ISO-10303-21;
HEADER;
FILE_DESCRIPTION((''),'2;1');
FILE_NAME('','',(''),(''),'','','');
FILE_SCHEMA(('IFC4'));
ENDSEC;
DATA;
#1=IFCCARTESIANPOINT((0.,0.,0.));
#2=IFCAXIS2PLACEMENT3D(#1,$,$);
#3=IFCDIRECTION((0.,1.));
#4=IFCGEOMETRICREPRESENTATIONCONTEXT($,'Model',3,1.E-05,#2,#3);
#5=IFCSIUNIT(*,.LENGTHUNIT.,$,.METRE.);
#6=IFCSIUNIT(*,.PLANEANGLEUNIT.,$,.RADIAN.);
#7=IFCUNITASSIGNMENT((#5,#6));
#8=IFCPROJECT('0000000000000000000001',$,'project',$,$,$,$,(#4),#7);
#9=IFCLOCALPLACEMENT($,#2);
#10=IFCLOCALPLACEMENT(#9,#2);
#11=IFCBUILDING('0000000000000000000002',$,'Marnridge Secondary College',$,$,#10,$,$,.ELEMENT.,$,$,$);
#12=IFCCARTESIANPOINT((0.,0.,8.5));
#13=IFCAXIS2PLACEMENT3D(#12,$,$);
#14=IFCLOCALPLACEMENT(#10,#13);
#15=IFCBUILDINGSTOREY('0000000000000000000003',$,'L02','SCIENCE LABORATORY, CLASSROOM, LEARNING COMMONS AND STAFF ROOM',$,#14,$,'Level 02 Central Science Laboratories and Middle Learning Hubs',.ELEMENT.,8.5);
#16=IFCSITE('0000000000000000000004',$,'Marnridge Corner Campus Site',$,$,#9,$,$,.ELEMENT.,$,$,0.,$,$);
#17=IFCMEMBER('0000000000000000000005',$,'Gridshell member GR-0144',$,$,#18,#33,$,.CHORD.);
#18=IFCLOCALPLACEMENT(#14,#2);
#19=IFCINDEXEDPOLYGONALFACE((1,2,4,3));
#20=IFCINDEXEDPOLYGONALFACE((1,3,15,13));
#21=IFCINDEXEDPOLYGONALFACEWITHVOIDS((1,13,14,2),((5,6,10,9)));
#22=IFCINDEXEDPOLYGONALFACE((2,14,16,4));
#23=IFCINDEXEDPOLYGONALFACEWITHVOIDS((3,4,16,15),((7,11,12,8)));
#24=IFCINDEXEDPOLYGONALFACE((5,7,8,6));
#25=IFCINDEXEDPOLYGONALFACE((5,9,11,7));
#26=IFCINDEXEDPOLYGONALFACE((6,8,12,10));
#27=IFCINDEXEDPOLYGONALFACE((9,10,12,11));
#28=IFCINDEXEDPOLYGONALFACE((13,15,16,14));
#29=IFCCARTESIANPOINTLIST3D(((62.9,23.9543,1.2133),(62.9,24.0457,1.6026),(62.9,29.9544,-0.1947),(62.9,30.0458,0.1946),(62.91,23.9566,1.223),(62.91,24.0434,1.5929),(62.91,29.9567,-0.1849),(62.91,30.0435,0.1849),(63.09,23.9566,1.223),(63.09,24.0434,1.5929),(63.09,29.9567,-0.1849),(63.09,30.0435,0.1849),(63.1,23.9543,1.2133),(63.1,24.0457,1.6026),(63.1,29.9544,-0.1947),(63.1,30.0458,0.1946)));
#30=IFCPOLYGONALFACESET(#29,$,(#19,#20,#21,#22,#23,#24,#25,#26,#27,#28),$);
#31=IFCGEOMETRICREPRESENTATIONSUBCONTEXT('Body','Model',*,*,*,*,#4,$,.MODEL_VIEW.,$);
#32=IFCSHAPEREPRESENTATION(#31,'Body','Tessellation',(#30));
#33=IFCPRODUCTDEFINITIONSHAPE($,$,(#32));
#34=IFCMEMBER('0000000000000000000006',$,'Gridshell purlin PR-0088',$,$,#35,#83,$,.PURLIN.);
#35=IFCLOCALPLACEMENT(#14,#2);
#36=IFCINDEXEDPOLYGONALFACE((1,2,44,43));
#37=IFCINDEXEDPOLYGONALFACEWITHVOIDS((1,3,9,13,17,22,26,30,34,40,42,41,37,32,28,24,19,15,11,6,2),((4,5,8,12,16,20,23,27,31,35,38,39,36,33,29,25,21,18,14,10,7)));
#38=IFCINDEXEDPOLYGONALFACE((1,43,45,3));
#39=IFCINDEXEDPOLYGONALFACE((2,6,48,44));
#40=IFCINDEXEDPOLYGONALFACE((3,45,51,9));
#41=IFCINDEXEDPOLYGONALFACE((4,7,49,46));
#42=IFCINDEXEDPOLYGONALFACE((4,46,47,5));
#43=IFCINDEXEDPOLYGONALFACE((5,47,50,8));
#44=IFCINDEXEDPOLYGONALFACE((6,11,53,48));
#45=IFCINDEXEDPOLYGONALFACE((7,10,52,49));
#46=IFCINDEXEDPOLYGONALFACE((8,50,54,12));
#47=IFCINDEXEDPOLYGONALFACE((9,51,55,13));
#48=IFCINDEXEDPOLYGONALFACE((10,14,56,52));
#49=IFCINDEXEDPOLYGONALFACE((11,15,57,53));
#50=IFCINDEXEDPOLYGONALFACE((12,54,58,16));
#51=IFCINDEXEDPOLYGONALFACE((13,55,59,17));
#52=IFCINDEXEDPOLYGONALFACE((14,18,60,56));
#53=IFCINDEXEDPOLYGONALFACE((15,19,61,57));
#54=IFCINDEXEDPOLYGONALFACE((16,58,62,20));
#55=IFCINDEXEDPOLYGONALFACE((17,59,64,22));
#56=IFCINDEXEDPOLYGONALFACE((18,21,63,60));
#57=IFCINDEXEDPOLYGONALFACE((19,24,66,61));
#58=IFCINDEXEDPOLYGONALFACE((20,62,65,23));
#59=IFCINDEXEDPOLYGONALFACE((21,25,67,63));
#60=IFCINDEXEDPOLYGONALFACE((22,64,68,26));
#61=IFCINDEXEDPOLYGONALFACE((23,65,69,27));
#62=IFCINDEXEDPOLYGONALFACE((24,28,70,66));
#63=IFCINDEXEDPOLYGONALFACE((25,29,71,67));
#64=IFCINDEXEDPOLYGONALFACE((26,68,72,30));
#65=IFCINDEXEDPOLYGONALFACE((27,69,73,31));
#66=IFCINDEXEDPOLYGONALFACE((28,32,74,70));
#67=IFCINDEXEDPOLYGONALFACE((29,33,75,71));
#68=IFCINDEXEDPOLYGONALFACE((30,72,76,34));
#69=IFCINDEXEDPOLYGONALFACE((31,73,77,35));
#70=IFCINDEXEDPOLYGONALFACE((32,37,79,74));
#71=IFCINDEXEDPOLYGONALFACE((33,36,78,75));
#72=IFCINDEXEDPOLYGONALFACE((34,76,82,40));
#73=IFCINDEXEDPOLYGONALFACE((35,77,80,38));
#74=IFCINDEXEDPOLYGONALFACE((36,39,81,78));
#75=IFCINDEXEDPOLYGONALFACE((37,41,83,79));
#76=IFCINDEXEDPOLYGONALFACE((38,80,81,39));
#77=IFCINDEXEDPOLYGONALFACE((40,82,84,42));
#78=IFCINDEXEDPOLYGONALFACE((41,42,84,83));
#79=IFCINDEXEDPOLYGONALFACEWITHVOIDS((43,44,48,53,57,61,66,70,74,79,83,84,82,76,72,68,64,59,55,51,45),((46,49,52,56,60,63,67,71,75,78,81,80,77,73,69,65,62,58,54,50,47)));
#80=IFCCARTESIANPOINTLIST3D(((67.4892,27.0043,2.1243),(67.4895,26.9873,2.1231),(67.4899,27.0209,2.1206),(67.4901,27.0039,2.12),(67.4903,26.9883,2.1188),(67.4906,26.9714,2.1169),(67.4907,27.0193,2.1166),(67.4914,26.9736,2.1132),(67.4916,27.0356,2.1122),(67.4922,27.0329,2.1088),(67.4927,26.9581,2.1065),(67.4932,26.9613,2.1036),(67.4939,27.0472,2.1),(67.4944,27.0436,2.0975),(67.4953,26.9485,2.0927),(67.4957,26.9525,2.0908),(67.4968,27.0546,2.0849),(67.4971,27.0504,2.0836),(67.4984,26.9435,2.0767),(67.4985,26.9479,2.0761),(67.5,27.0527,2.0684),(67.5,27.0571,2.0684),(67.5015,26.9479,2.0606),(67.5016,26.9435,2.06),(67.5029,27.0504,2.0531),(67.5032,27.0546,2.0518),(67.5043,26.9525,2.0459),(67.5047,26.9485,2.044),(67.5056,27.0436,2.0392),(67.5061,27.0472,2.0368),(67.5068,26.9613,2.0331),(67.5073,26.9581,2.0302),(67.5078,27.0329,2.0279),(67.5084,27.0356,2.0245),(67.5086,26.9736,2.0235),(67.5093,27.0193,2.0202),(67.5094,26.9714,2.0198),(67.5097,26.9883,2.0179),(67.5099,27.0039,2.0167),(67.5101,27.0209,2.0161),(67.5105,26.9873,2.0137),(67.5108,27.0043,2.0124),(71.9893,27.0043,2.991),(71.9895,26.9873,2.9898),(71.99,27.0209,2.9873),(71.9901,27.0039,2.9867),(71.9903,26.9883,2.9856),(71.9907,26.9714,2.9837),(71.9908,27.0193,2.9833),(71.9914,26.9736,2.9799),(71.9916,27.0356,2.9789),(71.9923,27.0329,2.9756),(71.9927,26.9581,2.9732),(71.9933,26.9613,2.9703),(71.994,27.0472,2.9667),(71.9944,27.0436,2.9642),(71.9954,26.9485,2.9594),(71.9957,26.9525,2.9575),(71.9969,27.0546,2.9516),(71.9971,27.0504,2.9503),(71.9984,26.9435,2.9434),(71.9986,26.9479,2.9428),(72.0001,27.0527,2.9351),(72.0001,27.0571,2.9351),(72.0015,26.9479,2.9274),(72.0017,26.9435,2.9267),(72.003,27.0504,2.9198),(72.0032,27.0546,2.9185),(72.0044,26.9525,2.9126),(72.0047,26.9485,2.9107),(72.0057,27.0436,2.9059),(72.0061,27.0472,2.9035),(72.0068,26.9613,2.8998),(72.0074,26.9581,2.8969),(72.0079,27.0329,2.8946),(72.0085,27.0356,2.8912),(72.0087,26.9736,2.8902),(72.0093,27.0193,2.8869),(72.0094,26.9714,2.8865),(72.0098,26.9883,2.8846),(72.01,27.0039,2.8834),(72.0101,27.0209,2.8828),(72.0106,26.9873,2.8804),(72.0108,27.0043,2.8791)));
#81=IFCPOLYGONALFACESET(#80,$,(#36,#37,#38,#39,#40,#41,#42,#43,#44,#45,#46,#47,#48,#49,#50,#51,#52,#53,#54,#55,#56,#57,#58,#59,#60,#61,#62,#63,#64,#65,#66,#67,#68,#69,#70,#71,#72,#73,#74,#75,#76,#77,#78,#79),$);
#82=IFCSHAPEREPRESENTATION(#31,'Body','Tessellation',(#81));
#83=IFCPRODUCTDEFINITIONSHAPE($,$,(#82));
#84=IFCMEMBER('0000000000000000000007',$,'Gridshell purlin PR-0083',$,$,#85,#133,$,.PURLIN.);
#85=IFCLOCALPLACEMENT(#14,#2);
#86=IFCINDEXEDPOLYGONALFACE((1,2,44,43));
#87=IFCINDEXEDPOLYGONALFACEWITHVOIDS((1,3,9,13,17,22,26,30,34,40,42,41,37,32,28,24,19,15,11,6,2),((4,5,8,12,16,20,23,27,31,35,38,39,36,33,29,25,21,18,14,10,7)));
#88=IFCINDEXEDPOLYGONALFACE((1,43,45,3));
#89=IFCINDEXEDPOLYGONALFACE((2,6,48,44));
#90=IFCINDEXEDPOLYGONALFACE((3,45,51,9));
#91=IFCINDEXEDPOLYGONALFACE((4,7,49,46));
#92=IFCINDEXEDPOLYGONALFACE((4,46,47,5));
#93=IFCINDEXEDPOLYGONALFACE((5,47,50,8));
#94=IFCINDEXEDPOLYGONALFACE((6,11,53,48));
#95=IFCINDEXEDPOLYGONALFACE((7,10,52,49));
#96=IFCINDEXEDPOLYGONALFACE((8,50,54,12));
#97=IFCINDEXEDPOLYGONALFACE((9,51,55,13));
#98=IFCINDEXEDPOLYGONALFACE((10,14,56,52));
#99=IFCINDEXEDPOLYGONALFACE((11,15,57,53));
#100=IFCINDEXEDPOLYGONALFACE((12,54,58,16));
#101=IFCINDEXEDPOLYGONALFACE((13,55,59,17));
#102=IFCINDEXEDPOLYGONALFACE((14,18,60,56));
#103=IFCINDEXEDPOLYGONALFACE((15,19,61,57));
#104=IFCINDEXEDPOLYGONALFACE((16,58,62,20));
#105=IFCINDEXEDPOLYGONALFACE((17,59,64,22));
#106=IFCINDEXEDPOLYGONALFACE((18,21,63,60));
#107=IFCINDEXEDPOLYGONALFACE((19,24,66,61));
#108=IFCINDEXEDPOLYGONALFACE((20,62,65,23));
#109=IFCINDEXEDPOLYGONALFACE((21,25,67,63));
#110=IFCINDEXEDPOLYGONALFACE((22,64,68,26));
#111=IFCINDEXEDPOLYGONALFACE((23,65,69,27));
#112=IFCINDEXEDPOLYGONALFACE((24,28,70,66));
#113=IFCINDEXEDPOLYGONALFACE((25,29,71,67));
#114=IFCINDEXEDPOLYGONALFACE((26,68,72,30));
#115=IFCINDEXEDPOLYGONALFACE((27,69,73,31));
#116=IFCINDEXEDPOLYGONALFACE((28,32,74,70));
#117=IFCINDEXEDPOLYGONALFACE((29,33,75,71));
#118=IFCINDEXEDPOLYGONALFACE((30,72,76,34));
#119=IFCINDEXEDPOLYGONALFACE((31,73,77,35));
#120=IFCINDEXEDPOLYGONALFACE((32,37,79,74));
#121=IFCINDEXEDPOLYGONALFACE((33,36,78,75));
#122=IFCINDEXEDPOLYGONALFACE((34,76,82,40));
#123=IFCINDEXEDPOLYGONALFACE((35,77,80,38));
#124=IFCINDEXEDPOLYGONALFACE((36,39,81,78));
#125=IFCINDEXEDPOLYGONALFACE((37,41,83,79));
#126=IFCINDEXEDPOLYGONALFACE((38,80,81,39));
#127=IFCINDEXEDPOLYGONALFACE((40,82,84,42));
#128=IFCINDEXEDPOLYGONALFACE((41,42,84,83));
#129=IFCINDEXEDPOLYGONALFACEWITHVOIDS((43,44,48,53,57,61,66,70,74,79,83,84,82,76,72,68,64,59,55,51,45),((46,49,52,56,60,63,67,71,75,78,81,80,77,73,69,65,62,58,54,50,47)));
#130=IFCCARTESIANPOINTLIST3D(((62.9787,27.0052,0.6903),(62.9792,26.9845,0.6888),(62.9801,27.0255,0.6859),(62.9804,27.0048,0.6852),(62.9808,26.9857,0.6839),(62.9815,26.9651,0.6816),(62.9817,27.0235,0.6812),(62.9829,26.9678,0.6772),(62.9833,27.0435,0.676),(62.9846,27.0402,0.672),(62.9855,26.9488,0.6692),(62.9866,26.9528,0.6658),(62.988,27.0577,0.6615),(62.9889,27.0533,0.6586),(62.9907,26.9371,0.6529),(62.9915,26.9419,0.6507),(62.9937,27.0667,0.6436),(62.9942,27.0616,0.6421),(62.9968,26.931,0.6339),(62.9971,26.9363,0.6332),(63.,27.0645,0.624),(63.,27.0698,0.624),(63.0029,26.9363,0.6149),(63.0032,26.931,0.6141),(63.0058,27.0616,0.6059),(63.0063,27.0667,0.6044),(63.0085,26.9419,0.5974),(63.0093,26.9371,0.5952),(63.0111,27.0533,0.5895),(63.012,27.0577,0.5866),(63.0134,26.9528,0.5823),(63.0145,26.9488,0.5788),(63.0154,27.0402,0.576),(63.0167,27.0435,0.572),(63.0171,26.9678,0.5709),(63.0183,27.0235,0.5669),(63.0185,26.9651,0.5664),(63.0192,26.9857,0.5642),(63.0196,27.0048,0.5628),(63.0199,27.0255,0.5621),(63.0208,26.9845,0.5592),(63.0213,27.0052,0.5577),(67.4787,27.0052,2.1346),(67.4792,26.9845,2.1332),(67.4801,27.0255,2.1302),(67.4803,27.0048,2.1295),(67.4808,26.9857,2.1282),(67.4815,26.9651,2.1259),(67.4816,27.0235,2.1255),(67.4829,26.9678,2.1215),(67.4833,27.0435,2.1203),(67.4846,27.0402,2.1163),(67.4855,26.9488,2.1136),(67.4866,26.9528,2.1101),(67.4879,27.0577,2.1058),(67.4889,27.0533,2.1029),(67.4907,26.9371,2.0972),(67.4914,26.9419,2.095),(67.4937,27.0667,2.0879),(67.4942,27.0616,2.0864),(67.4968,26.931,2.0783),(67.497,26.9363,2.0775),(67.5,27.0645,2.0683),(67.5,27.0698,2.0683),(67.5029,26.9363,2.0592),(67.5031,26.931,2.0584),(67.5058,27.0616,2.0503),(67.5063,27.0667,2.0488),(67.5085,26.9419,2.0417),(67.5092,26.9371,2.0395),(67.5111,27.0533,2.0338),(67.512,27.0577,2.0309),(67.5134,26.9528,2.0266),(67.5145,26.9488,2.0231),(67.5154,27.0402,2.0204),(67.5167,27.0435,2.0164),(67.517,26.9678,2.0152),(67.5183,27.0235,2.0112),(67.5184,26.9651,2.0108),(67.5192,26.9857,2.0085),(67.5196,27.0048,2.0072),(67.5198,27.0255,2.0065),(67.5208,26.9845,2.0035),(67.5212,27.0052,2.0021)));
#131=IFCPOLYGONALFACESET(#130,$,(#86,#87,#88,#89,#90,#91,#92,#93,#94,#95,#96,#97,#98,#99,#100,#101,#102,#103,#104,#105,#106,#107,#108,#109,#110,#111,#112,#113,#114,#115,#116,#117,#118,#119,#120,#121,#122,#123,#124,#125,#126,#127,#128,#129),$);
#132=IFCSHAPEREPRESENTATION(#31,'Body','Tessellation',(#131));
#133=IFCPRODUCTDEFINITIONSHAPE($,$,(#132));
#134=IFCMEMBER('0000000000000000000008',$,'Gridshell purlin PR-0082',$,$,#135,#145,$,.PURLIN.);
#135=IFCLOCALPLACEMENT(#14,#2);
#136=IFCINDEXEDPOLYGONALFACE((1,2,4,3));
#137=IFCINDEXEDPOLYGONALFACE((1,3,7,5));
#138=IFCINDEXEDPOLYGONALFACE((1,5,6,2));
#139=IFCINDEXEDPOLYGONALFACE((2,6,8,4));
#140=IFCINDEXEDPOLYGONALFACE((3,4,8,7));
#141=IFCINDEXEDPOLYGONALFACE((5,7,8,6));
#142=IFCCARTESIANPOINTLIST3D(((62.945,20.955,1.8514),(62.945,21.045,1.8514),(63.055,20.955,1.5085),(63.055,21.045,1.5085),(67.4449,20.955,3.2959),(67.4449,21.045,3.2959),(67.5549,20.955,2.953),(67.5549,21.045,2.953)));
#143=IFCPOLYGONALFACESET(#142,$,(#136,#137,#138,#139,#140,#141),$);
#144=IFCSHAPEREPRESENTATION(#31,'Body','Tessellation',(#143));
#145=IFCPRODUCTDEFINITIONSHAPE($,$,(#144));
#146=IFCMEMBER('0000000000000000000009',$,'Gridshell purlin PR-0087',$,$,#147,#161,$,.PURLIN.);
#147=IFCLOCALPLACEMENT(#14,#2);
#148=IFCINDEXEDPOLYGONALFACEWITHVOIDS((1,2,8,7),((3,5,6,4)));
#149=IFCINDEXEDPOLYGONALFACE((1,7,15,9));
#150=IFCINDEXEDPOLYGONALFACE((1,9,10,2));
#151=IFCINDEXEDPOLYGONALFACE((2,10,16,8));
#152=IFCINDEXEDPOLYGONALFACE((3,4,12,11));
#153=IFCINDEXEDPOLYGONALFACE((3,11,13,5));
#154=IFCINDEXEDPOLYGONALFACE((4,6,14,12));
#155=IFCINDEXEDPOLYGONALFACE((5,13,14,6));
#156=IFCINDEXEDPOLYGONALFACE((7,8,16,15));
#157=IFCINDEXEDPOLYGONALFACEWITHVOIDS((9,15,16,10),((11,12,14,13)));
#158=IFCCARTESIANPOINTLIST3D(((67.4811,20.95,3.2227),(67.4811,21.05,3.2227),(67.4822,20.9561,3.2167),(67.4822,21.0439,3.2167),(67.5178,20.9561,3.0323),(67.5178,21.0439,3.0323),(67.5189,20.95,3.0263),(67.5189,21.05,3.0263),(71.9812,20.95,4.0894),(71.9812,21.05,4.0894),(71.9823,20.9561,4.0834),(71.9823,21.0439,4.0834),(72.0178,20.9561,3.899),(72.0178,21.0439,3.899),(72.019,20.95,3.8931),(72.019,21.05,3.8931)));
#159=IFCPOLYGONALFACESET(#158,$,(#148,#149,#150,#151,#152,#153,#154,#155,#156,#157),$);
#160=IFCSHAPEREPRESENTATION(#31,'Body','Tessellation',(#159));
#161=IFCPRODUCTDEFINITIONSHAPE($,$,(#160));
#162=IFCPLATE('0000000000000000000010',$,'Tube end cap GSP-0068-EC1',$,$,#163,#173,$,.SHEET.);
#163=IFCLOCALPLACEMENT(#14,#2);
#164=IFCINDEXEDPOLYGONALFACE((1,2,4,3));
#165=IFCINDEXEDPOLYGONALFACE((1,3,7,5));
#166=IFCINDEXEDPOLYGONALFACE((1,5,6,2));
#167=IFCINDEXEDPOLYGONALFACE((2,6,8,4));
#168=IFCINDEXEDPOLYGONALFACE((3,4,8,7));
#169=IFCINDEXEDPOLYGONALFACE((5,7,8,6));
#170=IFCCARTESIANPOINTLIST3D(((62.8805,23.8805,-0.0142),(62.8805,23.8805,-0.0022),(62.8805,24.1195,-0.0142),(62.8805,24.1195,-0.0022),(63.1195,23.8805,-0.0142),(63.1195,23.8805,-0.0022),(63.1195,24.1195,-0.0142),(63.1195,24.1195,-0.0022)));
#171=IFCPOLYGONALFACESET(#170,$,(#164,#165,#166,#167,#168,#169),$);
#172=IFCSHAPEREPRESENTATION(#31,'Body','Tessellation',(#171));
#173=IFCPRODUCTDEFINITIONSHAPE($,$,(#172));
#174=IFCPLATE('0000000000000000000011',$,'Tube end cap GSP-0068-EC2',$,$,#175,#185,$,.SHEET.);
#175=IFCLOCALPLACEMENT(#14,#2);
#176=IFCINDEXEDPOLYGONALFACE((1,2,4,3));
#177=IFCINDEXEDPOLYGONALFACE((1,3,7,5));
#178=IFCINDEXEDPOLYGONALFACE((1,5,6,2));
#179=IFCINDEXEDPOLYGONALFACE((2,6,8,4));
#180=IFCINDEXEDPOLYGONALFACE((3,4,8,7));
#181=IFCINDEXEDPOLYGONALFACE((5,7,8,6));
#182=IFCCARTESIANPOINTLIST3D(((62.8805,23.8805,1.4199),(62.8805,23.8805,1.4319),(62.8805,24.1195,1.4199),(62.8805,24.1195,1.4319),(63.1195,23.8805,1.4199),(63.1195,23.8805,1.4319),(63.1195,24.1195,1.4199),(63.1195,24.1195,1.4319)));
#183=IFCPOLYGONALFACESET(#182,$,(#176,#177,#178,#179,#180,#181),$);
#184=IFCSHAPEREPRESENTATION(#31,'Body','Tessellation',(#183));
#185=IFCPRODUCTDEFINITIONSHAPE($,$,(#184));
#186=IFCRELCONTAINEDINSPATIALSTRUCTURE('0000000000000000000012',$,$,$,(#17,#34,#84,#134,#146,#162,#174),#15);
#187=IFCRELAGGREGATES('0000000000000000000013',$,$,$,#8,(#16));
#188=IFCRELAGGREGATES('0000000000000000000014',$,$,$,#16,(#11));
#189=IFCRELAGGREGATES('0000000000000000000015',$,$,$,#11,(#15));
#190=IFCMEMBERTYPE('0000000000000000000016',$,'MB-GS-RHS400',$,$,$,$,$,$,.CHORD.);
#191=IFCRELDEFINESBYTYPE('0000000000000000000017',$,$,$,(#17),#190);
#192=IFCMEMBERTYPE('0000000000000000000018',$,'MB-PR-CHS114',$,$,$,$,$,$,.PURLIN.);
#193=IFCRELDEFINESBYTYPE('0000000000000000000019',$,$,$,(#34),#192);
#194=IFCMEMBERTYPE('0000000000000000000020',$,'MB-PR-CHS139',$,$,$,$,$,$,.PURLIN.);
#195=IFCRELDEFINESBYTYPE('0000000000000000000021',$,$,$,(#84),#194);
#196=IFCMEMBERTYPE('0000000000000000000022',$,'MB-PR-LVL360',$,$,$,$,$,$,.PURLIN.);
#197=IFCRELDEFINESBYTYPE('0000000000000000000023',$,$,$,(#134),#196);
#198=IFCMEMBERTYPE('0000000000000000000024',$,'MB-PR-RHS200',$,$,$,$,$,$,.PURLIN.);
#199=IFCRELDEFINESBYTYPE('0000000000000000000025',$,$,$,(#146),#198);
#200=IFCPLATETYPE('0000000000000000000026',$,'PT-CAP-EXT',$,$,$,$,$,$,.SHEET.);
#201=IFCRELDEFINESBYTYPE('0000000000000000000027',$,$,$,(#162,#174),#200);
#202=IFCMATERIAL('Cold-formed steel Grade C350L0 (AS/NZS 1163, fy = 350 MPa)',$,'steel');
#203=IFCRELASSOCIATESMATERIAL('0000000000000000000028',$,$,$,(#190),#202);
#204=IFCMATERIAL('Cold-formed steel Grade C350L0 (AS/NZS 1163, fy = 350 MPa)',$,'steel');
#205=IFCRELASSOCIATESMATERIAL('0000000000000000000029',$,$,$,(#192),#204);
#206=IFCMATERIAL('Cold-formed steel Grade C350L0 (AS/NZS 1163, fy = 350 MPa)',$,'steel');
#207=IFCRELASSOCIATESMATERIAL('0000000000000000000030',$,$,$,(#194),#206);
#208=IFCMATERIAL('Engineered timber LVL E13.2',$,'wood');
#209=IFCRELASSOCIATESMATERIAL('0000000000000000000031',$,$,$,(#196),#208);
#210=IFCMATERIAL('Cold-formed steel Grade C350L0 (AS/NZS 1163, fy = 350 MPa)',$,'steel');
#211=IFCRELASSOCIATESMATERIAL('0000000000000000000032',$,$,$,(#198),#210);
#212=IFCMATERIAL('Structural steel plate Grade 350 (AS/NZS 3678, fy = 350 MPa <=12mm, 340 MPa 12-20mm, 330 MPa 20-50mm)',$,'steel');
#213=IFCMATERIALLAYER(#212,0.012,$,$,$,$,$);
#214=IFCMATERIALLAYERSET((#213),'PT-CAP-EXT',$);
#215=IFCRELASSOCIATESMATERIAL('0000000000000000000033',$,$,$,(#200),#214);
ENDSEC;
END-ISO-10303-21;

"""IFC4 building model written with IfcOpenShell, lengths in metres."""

from ifc_helpers import new_model, si_unit, direction, frame, origin, origin_2d, place, context, subcontext, project, spatial, rectangle, hollow_rectangle, hollow_circle, extrude, material, layer, layer_set, material_profile, profile_set, type_object, element, save


model = new_model("IFC4")

# Units and contexts
model_context = context("Model", 3, precision=1e-05, world=origin(), true_north=direction((0.0, 1.0)))
body_context = subcontext(model_context, "Body", "Model", "MODEL_VIEW")
ifc_project = project(units=[si_unit("LENGTHUNIT", "METRE"), si_unit("PLANEANGLEUNIT", "RADIAN")], contexts=[model_context])

# Site, building, storey
site_placement = place(None, origin())
site = spatial("IfcSite", under=ifc_project, at=site_placement, Name="Marnridge Corner Campus Site", CompositionType="ELEMENT", RefElevation=0.0)
building_placement = place(site_placement, origin())
building = spatial("IfcBuilding", under=site, at=building_placement, Name="Marnridge Secondary College", CompositionType="ELEMENT")
storey_placement = place(building_placement, frame((0.0, 0.0, 8.5)))
storey = spatial("IfcBuildingStorey", under=building, at=storey_placement, Name="L02", Description="SCIENCE LABORATORY, CLASSROOM, LEARNING COMMONS AND STAFF ROOM", LongName="Level 02 Central Science Laboratories and Middle Learning Hubs", CompositionType="ELEMENT", Elevation=8.5)

# Members
ifc_material_1 = material(Name="Cold-formed steel Grade C350L0 (AS/NZS 1163, fy = 350 MPa)", Category="steel")
ifc_material_profile_1 = material_profile(ifc_material_1, hollow_rectangle(XDim=0.2, YDim=0.3999, WallThickness=0.01, at=origin_2d()), Name="400x200x10.0RHS")
ifc_profile_set_1 = profile_set([ifc_material_profile_1], Name="Cold-formed steel Grade C350L0 (AS/NZS 1163, fy = 350 MPa)")
member_type_1 = type_object("IfcMemberType", Name="MB-GS-RHS400", PredefinedType="CHORD", material=ifc_profile_set_1)
member_1_placement = place(storey_placement, frame((63.0, 24.0, 1.408), z_axis=(0.0, 0.973555, -0.228454), x_axis=(-1.0, 0.0, 0.0)))
element("IfcMember", 1, at=member_1_placement, inside=storey, type_object=member_type_1, Name="Gridshell member GR-0144", PredefinedType="CHORD", context=body_context, shape_type="SweptSolid", body=[
    extrude(hollow_rectangle(XDim=0.2, YDim=0.3999, WallThickness=0.01, at=origin_2d()), origin(), (0.0, 0.0, 1.0), 6.1631),
])
ifc_material_2 = material(Name="Cold-formed steel Grade C350L0 (AS/NZS 1163, fy = 350 MPa)", Category="steel")
ifc_material_profile_2 = material_profile(ifc_material_2, hollow_circle(Radius=0.0571, WallThickness=0.0044, at=origin_2d()), Name="114.3x4.5CHS")
ifc_profile_set_2 = profile_set([ifc_material_profile_2], Name="Cold-formed steel Grade C350L0 (AS/NZS 1163, fy = 350 MPa)")
member_type_2 = type_object("IfcMemberType", Name="MB-PR-CHS114", PredefinedType="PURLIN", material=ifc_profile_set_2)
member_2_placement = place(storey_placement, frame((67.5, 27.0, 2.0684), z_axis=(0.981953, 0.0, 0.189124), x_axis=(0.0, 1.0, 0.0)))
element("IfcMember", 2, at=member_2_placement, inside=storey, type_object=member_type_2, Name="Gridshell purlin PR-0088", PredefinedType="PURLIN", context=body_context, shape_type="SweptSolid", body=[
    extrude(hollow_circle(Radius=0.0571, WallThickness=0.0044, at=origin_2d()), origin(), (0.0, 0.0, 1.0), 4.5828),
])
ifc_material_3 = material(Name="Cold-formed steel Grade C350L0 (AS/NZS 1163, fy = 350 MPa)", Category="steel")
ifc_material_profile_3 = material_profile(ifc_material_3, hollow_circle(Radius=0.0698, WallThickness=0.0054, at=origin_2d()), Name="139.7x5.4CHS")
ifc_profile_set_3 = profile_set([ifc_material_profile_3], Name="Cold-formed steel Grade C350L0 (AS/NZS 1163, fy = 350 MPa)")
member_type_3 = type_object("IfcMemberType", Name="MB-PR-CHS139", PredefinedType="PURLIN", material=ifc_profile_set_3)
member_3_placement = place(storey_placement, frame((63.0, 27.0, 0.624), z_axis=(0.952157, 0.0, 0.305608), x_axis=(0.0, 1.0, 0.0)))
element("IfcMember", 3, at=member_3_placement, inside=storey, type_object=member_type_3, Name="Gridshell purlin PR-0083", PredefinedType="PURLIN", context=body_context, shape_type="SweptSolid", body=[
    extrude(hollow_circle(Radius=0.0698, WallThickness=0.0054, at=origin_2d()), origin(), (0.0, 0.0, 1.0), 4.7261),
])
ifc_material_4 = material(Name="Engineered timber LVL E13.2", Category="wood")
ifc_material_profile_4 = material_profile(ifc_material_4, rectangle(XDim=0.0901, YDim=0.3601, at=origin_2d()), Name="LVL 90x360")
ifc_profile_set_4 = profile_set([ifc_material_profile_4], Name="Engineered timber LVL E13.2")
member_type_4 = type_object("IfcMemberType", Name="MB-PR-LVL360", PredefinedType="PURLIN", material=ifc_profile_set_4)
member_4_placement = place(storey_placement, frame((63.0, 21.0, 1.6799), z_axis=(0.952142, 0.0, 0.305655), x_axis=(0.0, 1.0, 0.0)))
element("IfcMember", 4, at=member_4_placement, inside=storey, type_object=member_type_4, Name="Gridshell purlin PR-0082", PredefinedType="PURLIN", context=body_context, shape_type="SweptSolid", body=[
    extrude(rectangle(XDim=0.0901, YDim=0.3601, at=origin_2d()), origin(), (0.0, 0.0, 1.0), 4.7261),
])
ifc_material_5 = material(Name="Cold-formed steel Grade C350L0 (AS/NZS 1163, fy = 350 MPa)", Category="steel")
ifc_material_profile_5 = material_profile(ifc_material_5, hollow_rectangle(XDim=0.1001, YDim=0.2, WallThickness=0.0061, at=origin_2d()), Name="200x100x6.0RHS")
ifc_profile_set_5 = profile_set([ifc_material_profile_5], Name="Cold-formed steel Grade C350L0 (AS/NZS 1163, fy = 350 MPa)")
member_type_5 = type_object("IfcMemberType", Name="MB-PR-RHS200", PredefinedType="PURLIN", material=ifc_profile_set_5)
member_5_placement = place(storey_placement, frame((67.5, 21.0, 3.1245), z_axis=(0.981953, 0.0, 0.189124), x_axis=(0.0, 1.0, 0.0)))
element("IfcMember", 5, at=member_5_placement, inside=storey, type_object=member_type_5, Name="Gridshell purlin PR-0087", PredefinedType="PURLIN", context=body_context, shape_type="SweptSolid", body=[
    extrude(hollow_rectangle(XDim=0.1001, YDim=0.2, WallThickness=0.0061, at=origin_2d()), origin(), (0.0, 0.0, 1.0), 4.5828),
])

# Plates
ifc_material_6 = material(Name="Structural steel plate Grade 350 (AS/NZS 3678, fy = 350 MPa <=12mm, 340 MPa 12-20mm, 330 MPa 20-50mm)", Category="steel")
ifc_layer_1 = layer(ifc_material_6, 0.012)
ifc_layer_set_1 = layer_set([ifc_layer_1], Name="PT-CAP-EXT")
plate_type_1 = type_object("IfcPlateType", Name="PT-CAP-EXT", PredefinedType="SHEET", material=ifc_layer_set_1)
for number, where, z_axis, x_axis, name in (
    (6, (63.0, 24.0, -0.0142), (0.0, 0.0, 1.0), (1.0, 0.0, 0.0), "Tube end cap GSP-0068-EC1"),
    (7, (63.0, 24.0, 1.4199), (0.0, 0.0, 1.0), (1.0, 0.0, 0.0), "Tube end cap GSP-0068-EC2"),
):
    element("IfcPlate", number, at=place(storey_placement, frame(where, z_axis=z_axis, x_axis=x_axis)), inside=storey, type_object=plate_type_1, Name=name, PredefinedType="SHEET", context=body_context, shape_type="SweptSolid", body=[
        extrude(rectangle(XDim=0.239, YDim=0.239, at=origin_2d()), origin(), (0.0, 0.0, 1.0), 0.012),
    ])

save(model, "model.ifc")
